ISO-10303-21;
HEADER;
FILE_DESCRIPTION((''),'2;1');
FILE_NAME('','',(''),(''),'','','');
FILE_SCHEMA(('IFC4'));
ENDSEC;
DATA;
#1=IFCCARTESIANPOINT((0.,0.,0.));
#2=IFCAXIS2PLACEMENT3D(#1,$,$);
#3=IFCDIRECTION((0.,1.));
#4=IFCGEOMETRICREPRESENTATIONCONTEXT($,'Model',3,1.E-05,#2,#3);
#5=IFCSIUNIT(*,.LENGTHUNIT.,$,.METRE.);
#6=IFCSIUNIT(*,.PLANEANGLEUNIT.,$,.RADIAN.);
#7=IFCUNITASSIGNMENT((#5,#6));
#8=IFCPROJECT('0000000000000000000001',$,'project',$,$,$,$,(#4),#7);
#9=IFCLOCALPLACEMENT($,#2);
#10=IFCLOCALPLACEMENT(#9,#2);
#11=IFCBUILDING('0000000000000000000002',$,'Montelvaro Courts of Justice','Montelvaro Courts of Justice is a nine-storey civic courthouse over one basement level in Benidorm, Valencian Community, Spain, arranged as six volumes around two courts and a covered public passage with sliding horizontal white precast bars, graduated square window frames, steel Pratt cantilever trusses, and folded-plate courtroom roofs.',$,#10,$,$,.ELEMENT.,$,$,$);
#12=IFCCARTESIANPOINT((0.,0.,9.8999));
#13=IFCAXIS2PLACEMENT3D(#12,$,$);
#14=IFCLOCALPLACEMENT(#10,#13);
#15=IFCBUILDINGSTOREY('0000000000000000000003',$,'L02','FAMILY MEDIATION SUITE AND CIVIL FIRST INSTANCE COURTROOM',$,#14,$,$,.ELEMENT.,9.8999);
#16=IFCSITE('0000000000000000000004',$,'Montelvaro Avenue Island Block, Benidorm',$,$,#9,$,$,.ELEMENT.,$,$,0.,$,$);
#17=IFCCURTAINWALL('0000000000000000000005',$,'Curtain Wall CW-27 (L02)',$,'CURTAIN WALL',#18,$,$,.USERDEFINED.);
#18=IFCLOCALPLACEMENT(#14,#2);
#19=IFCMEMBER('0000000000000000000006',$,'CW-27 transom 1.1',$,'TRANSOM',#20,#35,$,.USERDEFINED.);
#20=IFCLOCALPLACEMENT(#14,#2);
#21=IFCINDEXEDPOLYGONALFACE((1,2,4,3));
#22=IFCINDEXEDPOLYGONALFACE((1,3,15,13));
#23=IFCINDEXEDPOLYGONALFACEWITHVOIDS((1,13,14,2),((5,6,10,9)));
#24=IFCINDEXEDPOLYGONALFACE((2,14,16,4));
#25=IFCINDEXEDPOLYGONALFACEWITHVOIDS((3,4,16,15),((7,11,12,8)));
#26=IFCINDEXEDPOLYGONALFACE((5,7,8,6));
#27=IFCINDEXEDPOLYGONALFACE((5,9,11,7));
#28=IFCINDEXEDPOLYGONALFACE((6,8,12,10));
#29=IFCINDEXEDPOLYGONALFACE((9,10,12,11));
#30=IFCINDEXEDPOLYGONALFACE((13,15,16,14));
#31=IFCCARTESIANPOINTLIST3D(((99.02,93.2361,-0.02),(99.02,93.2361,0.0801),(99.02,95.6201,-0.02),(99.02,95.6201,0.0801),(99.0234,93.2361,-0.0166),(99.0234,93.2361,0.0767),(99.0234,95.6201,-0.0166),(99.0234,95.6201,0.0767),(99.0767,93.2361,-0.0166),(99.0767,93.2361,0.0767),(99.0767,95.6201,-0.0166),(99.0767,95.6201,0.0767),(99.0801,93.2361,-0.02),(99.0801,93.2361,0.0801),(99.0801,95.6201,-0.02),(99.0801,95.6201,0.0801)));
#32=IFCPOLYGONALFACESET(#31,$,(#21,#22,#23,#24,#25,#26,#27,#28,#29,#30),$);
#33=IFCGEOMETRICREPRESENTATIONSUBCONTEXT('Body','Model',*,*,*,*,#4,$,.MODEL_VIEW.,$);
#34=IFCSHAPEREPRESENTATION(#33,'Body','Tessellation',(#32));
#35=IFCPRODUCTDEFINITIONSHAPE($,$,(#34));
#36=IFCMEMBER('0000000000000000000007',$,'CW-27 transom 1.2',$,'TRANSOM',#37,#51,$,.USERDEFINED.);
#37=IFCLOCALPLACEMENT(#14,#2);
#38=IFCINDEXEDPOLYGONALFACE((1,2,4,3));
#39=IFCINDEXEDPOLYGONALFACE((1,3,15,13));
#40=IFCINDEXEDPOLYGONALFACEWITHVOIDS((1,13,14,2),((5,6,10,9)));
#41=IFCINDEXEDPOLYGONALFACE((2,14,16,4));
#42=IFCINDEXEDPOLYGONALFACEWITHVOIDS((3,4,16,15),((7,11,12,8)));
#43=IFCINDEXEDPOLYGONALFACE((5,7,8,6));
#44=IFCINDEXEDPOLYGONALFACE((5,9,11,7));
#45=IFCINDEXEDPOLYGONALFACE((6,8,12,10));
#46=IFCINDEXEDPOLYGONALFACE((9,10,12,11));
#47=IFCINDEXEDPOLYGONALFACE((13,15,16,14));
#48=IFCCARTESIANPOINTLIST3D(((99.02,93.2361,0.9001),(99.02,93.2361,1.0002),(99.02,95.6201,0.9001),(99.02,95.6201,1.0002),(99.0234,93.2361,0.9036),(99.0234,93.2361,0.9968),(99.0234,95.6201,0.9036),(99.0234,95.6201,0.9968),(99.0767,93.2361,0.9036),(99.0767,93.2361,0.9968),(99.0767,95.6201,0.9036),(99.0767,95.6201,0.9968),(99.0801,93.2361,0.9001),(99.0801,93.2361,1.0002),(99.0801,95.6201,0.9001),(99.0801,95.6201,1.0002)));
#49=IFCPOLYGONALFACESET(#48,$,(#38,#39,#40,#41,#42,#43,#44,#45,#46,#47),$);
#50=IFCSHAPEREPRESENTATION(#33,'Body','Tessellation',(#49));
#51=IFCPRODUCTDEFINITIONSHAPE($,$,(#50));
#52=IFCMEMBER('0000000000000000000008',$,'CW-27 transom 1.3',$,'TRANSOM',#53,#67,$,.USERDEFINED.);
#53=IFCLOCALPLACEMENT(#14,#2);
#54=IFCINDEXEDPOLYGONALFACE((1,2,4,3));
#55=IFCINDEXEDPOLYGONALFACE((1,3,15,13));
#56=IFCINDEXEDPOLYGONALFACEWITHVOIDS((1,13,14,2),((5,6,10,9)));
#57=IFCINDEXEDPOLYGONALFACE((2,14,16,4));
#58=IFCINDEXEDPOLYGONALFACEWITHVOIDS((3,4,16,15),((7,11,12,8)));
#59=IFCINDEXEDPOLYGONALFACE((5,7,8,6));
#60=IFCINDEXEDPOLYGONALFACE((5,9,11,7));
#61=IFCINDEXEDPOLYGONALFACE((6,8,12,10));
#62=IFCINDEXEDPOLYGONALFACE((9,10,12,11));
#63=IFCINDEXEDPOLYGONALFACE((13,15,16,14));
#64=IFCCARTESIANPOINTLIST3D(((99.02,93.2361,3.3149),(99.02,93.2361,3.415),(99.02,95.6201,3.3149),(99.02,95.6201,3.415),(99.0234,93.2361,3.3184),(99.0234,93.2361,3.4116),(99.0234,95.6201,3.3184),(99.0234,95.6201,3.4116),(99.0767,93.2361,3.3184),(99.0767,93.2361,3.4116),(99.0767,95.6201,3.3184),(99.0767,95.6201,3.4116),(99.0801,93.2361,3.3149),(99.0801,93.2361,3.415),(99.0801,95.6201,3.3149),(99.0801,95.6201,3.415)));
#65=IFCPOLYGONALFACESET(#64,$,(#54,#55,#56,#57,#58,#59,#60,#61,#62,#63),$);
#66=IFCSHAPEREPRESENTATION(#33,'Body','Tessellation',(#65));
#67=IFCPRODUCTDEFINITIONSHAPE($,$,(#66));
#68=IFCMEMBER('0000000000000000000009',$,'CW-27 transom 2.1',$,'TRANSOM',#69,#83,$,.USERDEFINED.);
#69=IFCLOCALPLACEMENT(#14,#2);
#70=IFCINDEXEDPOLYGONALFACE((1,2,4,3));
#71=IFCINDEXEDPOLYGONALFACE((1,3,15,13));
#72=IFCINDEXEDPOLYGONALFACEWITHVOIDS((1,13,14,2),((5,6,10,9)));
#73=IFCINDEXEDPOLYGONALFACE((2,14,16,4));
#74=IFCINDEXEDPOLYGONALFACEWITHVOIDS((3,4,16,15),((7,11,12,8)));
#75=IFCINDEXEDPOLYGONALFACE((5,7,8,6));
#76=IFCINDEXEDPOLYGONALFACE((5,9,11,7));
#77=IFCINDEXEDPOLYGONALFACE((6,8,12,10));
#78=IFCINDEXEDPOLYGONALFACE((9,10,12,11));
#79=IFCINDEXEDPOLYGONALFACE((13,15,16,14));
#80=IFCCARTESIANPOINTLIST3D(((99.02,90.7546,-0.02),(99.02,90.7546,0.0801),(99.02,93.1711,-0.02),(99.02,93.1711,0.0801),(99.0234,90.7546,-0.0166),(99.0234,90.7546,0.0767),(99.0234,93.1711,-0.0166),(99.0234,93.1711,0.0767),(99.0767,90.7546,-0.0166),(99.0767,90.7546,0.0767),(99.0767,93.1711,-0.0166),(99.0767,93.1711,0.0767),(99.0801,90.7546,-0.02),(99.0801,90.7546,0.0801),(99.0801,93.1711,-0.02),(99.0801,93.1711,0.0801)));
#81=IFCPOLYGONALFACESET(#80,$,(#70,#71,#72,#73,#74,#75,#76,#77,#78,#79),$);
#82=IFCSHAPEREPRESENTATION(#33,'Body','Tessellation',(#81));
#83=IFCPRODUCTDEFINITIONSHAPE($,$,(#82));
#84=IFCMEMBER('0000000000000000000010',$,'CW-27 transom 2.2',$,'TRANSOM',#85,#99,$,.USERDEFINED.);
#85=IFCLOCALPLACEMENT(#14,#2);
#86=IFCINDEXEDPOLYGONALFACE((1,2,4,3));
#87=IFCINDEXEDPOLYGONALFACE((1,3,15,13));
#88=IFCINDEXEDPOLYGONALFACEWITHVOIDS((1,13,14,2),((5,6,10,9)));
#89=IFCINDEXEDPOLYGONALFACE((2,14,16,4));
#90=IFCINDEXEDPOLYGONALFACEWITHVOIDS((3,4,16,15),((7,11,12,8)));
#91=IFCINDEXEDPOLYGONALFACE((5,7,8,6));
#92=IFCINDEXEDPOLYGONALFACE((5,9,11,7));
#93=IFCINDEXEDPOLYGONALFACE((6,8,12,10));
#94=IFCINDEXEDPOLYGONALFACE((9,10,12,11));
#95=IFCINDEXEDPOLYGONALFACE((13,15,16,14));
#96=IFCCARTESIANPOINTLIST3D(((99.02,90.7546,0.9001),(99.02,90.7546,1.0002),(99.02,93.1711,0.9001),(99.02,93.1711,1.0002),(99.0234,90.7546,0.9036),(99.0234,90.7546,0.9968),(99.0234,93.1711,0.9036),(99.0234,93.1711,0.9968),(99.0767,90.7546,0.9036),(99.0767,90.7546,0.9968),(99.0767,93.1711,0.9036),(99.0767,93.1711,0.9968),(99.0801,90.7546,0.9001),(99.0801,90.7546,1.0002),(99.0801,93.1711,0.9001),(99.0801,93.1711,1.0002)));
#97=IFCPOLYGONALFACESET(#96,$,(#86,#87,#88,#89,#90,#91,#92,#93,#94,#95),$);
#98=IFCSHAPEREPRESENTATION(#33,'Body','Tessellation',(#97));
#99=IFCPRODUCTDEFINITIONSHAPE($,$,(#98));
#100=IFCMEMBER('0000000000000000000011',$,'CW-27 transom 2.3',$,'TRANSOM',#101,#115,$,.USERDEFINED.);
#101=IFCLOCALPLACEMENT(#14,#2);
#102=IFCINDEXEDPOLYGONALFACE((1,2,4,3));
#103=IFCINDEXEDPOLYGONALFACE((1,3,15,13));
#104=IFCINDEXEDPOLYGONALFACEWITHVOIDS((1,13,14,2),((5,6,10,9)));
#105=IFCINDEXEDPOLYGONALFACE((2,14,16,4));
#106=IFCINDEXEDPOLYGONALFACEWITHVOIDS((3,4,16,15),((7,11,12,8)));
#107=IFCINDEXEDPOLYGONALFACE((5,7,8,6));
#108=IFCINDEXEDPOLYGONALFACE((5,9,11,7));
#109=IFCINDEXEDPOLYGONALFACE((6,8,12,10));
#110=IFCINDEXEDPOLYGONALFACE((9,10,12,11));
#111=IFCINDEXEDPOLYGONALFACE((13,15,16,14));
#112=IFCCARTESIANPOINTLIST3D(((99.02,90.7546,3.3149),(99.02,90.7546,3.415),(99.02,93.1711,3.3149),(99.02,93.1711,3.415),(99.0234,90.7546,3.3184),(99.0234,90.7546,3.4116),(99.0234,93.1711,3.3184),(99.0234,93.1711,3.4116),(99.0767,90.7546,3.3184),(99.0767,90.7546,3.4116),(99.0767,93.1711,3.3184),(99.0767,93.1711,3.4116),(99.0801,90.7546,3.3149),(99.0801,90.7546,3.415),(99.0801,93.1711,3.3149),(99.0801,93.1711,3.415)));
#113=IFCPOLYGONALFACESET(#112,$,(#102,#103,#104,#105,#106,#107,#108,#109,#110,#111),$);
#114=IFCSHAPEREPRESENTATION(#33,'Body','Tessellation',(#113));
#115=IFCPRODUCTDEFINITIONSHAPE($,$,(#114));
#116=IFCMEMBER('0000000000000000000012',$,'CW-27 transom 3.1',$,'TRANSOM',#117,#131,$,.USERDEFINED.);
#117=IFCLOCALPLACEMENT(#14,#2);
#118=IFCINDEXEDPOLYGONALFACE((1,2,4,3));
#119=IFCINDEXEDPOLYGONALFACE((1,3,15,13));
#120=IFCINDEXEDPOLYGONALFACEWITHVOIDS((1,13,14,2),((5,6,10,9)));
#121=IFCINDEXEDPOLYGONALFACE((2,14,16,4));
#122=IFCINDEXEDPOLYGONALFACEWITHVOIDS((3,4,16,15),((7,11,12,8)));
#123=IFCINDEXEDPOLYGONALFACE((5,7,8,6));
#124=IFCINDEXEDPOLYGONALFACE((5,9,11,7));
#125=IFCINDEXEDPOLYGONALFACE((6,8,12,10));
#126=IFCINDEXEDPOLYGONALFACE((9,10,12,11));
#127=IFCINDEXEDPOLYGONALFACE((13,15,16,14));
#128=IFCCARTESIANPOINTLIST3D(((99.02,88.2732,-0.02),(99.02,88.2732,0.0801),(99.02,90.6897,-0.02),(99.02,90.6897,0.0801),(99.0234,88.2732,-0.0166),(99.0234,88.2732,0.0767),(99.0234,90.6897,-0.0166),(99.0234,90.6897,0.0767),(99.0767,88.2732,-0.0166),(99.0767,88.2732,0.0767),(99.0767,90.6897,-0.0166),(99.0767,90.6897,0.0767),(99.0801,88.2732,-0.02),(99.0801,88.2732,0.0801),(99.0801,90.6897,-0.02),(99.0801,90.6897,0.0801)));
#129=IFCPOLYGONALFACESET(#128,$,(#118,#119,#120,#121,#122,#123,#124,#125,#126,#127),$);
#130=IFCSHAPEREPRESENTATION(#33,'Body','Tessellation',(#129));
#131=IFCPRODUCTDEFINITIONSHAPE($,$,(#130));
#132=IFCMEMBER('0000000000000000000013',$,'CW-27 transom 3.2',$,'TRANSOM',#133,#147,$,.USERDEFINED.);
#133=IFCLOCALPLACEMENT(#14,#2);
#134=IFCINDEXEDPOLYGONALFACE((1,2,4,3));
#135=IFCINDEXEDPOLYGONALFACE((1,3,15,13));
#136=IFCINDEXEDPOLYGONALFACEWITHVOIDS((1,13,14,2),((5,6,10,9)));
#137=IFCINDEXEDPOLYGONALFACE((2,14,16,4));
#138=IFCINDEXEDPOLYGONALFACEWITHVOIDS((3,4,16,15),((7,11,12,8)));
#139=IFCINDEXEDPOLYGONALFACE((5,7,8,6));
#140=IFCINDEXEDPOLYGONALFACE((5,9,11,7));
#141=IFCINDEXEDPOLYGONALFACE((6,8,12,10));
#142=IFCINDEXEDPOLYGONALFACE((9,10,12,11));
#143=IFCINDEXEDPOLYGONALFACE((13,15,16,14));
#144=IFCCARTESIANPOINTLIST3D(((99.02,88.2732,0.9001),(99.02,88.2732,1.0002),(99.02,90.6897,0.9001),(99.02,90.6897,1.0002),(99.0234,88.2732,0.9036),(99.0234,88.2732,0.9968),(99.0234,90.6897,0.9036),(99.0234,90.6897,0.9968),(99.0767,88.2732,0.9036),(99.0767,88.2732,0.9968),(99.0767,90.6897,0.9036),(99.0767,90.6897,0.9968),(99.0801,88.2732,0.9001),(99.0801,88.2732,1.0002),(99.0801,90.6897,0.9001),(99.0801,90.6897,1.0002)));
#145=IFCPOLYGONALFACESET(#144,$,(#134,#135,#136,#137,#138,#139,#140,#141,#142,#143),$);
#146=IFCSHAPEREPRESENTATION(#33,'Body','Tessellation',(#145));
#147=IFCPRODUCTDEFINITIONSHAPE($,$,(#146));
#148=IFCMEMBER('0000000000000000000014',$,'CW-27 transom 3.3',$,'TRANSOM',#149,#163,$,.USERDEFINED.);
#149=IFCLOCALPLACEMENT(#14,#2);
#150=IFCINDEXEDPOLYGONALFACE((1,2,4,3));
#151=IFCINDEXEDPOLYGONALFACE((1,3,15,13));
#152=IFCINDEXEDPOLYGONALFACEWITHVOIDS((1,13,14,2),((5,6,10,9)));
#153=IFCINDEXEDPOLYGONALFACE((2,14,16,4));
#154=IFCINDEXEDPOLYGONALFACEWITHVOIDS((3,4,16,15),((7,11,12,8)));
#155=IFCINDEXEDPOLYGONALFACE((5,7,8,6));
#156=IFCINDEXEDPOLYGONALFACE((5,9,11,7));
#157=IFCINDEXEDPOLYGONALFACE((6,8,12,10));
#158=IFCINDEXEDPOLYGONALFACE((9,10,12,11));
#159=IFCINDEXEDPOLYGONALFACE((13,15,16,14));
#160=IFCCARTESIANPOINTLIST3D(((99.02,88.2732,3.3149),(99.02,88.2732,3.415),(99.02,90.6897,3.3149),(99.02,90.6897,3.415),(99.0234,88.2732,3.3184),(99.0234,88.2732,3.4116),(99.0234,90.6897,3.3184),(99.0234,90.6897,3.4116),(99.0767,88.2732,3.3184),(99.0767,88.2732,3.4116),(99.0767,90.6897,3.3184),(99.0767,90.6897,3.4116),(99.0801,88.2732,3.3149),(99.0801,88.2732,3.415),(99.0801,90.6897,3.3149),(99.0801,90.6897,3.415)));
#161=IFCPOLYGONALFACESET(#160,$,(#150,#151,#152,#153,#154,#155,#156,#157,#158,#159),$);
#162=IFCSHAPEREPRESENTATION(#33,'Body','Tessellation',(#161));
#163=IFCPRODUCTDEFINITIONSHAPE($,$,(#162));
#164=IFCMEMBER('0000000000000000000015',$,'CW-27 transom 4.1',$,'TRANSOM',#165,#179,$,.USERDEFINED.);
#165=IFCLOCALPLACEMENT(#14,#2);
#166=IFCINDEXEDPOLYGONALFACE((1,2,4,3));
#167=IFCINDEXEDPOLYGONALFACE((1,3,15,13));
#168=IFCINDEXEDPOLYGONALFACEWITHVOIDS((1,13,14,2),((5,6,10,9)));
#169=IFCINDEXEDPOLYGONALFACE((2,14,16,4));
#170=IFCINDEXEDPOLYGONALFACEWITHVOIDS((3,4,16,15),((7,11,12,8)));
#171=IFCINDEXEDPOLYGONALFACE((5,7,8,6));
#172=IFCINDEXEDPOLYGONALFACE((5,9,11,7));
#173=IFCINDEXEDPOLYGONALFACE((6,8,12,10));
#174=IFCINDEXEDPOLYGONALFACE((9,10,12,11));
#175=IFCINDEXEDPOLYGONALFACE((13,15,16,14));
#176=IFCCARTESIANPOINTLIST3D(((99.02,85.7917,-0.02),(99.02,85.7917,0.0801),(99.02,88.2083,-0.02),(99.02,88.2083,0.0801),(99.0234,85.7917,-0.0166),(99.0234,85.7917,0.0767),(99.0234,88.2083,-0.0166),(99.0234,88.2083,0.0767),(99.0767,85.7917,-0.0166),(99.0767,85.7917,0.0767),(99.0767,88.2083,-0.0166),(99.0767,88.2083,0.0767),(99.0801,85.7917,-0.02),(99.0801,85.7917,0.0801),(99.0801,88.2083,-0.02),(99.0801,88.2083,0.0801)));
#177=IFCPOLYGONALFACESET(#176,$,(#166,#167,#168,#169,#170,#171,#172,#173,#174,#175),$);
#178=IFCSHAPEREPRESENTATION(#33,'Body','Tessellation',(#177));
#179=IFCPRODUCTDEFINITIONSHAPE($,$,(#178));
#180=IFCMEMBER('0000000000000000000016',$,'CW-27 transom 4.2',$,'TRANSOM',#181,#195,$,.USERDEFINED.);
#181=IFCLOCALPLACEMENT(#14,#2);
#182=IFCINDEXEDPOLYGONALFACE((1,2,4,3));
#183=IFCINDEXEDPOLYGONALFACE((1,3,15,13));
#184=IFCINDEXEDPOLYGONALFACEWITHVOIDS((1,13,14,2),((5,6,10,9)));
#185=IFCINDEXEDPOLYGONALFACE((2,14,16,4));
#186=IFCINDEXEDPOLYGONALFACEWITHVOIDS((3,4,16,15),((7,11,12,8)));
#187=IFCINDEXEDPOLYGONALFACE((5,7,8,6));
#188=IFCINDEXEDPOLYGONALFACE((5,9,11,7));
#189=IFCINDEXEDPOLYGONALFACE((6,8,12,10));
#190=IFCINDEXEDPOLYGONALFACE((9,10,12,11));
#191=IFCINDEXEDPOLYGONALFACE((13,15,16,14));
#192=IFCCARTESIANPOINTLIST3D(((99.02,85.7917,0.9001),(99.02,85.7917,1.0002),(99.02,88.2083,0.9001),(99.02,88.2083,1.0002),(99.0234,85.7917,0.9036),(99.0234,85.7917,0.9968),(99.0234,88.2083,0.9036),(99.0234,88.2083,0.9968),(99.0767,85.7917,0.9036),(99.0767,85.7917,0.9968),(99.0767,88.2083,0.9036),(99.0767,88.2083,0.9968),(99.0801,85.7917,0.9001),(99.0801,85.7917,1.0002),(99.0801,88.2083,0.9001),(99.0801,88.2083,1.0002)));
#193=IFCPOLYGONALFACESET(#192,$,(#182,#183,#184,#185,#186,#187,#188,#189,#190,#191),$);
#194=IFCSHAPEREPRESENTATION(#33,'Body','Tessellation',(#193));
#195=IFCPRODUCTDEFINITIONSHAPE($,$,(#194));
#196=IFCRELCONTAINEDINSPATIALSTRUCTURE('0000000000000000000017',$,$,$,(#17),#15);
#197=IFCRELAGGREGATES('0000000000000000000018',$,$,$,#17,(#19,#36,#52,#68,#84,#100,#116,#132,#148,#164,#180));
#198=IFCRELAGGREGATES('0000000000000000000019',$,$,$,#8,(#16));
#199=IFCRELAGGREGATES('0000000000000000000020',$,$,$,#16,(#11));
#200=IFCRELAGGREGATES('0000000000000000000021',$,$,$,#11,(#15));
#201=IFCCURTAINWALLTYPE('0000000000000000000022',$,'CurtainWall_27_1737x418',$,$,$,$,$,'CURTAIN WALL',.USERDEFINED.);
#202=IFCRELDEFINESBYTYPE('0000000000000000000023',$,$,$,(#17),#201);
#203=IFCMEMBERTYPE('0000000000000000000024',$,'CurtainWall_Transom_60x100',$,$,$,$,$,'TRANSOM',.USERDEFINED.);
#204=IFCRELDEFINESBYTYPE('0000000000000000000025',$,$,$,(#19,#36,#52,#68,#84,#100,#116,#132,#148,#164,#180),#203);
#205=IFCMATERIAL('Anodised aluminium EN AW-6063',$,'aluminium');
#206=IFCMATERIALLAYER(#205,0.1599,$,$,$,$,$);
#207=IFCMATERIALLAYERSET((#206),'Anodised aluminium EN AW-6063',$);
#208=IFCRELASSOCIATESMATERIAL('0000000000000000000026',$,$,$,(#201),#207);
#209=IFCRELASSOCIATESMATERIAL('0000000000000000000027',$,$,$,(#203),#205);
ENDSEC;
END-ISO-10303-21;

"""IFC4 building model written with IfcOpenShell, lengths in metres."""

from ifc_helpers import new_model, si_unit, direction, frame, origin, origin_2d, place, context, subcontext, project, spatial, hollow_rectangle, extrude, material, layer, layer_set, material_profile, profile_set, type_object, element, aggregate, save


model = new_model("IFC4")

# Units and contexts
model_context = context("Model", 3, precision=1e-05, world=origin(), true_north=direction((0.0, 1.0)))
body_context = subcontext(model_context, "Body", "Model", "MODEL_VIEW")
ifc_project = project(units=[si_unit("LENGTHUNIT", "METRE"), si_unit("PLANEANGLEUNIT", "RADIAN")], contexts=[model_context])

# Site, building, storey
site_placement = place(None, origin())
site = spatial("IfcSite", under=ifc_project, at=site_placement, Name="Montelvaro Avenue Island Block, Benidorm", CompositionType="ELEMENT", RefElevation=0.0)
building_placement = place(site_placement, origin())
building = spatial("IfcBuilding", under=site, at=building_placement, Name="Montelvaro Courts of Justice", Description="Montelvaro Courts of Justice is a nine-storey civic courthouse over one basement level in Benidorm, Valencian Community, Spain, arranged as six volumes around two courts and a covered public passage with sliding horizontal white precast bars, graduated square window frames, steel Pratt cantilever trusses, and folded-plate courtroom roofs.", CompositionType="ELEMENT")
storey_placement = place(building_placement, frame((0.0, 0.0, 9.8999)))
storey = spatial("IfcBuildingStorey", under=building, at=storey_placement, Name="L02", Description="FAMILY MEDIATION SUITE AND CIVIL FIRST INSTANCE COURTROOM", CompositionType="ELEMENT", Elevation=9.8999)

# Curtain wall, members
ifc_material_1 = material(Name="Anodised aluminium EN AW-6063", Category="aluminium")
ifc_layer_1 = layer(ifc_material_1, 0.1599)
ifc_layer_set_1 = layer_set([ifc_layer_1], Name="Anodised aluminium EN AW-6063")
curtain_wall_type = type_object("IfcCurtainWallType", Name="CurtainWall_27_1737x418", ElementType="CURTAIN WALL", PredefinedType="USERDEFINED", material=ifc_layer_set_1)
curtain_wall_placement = place(storey_placement, origin())
curtain_wall = element("IfcCurtainWall", 1, at=curtain_wall_placement, inside=storey, type_object=curtain_wall_type, Name="Curtain Wall CW-27 (L02)", ObjectType="CURTAIN WALL", PredefinedType="USERDEFINED")
ifc_material_profile_1 = material_profile(ifc_material_1, hollow_rectangle(XDim=0.0601, YDim=0.1001, WallThickness=0.0034, at=origin_2d()), Name="ALU-T 60x100")
ifc_profile_set_1 = profile_set([ifc_material_profile_1], Name="Anodised aluminium EN AW-6063")
member_type_1 = type_object("IfcMemberType", Name="CurtainWall_Transom_60x100", ElementType="TRANSOM", PredefinedType="USERDEFINED", material=ifc_profile_set_1)
member_1_placement = place(storey_placement, frame((99.05, 95.6201, 0.03), z_axis=(0.0, -1.0, 0.0), x_axis=(1.0, 0.0, 0.0)))
member_1 = element("IfcMember", 2, at=member_1_placement, type_object=member_type_1, Name="CW-27 transom 1.1", ObjectType="TRANSOM", PredefinedType="USERDEFINED", context=body_context, shape_type="SweptSolid", body=[
    extrude(hollow_rectangle(XDim=0.0601, YDim=0.1001, WallThickness=0.0034, at=origin_2d()), origin(), (0.0, 0.0, 1.0), 2.384),
])
member_2_placement = place(storey_placement, frame((99.05, 95.6201, 0.9502), z_axis=(0.0, -1.0, 0.0), x_axis=(1.0, 0.0, 0.0)))
member_2 = element("IfcMember", 3, at=member_2_placement, type_object=member_type_1, Name="CW-27 transom 1.2", ObjectType="TRANSOM", PredefinedType="USERDEFINED", context=body_context, shape_type="SweptSolid", body=[
    extrude(hollow_rectangle(XDim=0.0601, YDim=0.1001, WallThickness=0.0034, at=origin_2d()), origin(), (0.0, 0.0, 1.0), 2.384),
])
member_3_placement = place(storey_placement, frame((99.05, 95.6201, 3.365), z_axis=(0.0, -1.0, 0.0), x_axis=(1.0, 0.0, 0.0)))
member_3 = element("IfcMember", 4, at=member_3_placement, type_object=member_type_1, Name="CW-27 transom 1.3", ObjectType="TRANSOM", PredefinedType="USERDEFINED", context=body_context, shape_type="SweptSolid", body=[
    extrude(hollow_rectangle(XDim=0.0601, YDim=0.1001, WallThickness=0.0034, at=origin_2d()), origin(), (0.0, 0.0, 1.0), 2.384),
])
member_4_placement = place(storey_placement, frame((99.05, 93.1711, 0.03), z_axis=(0.0, -1.0, 0.0), x_axis=(1.0, 0.0, 0.0)))
member_4 = element("IfcMember", 5, at=member_4_placement, type_object=member_type_1, Name="CW-27 transom 2.1", ObjectType="TRANSOM", PredefinedType="USERDEFINED", context=body_context, shape_type="SweptSolid", body=[
    extrude(hollow_rectangle(XDim=0.0601, YDim=0.1001, WallThickness=0.0034, at=origin_2d()), origin(), (0.0, 0.0, 1.0), 2.4165),
])
member_5_placement = place(storey_placement, frame((99.05, 93.1711, 0.9502), z_axis=(0.0, -1.0, 0.0), x_axis=(1.0, 0.0, 0.0)))
member_5 = element("IfcMember", 6, at=member_5_placement, type_object=member_type_1, Name="CW-27 transom 2.2", ObjectType="TRANSOM", PredefinedType="USERDEFINED", context=body_context, shape_type="SweptSolid", body=[
    extrude(hollow_rectangle(XDim=0.0601, YDim=0.1001, WallThickness=0.0034, at=origin_2d()), origin(), (0.0, 0.0, 1.0), 2.4165),
])
member_6_placement = place(storey_placement, frame((99.05, 93.1711, 3.365), z_axis=(0.0, -1.0, 0.0), x_axis=(1.0, 0.0, 0.0)))
member_6 = element("IfcMember", 7, at=member_6_placement, type_object=member_type_1, Name="CW-27 transom 2.3", ObjectType="TRANSOM", PredefinedType="USERDEFINED", context=body_context, shape_type="SweptSolid", body=[
    extrude(hollow_rectangle(XDim=0.0601, YDim=0.1001, WallThickness=0.0034, at=origin_2d()), origin(), (0.0, 0.0, 1.0), 2.4165),
])
member_7_placement = place(storey_placement, frame((99.05, 90.6897, 0.03), z_axis=(0.0, -1.0, 0.0), x_axis=(1.0, 0.0, 0.0)))
member_7 = element("IfcMember", 8, at=member_7_placement, type_object=member_type_1, Name="CW-27 transom 3.1", ObjectType="TRANSOM", PredefinedType="USERDEFINED", context=body_context, shape_type="SweptSolid", body=[
    extrude(hollow_rectangle(XDim=0.0601, YDim=0.1001, WallThickness=0.0034, at=origin_2d()), origin(), (0.0, 0.0, 1.0), 2.4165),
])
member_8_placement = place(storey_placement, frame((99.05, 90.6897, 0.9502), z_axis=(0.0, -1.0, 0.0), x_axis=(1.0, 0.0, 0.0)))
member_8 = element("IfcMember", 9, at=member_8_placement, type_object=member_type_1, Name="CW-27 transom 3.2", ObjectType="TRANSOM", PredefinedType="USERDEFINED", context=body_context, shape_type="SweptSolid", body=[
    extrude(hollow_rectangle(XDim=0.0601, YDim=0.1001, WallThickness=0.0034, at=origin_2d()), origin(), (0.0, 0.0, 1.0), 2.4165),
])
member_9_placement = place(storey_placement, frame((99.05, 90.6897, 3.365), z_axis=(0.0, -1.0, 0.0), x_axis=(1.0, 0.0, 0.0)))
member_9 = element("IfcMember", 10, at=member_9_placement, type_object=member_type_1, Name="CW-27 transom 3.3", ObjectType="TRANSOM", PredefinedType="USERDEFINED", context=body_context, shape_type="SweptSolid", body=[
    extrude(hollow_rectangle(XDim=0.0601, YDim=0.1001, WallThickness=0.0034, at=origin_2d()), origin(), (0.0, 0.0, 1.0), 2.4165),
])
member_10_placement = place(storey_placement, frame((99.05, 88.2083, 0.03), z_axis=(0.0, -1.0, 0.0), x_axis=(1.0, 0.0, 0.0)))
member_10 = element("IfcMember", 11, at=member_10_placement, type_object=member_type_1, Name="CW-27 transom 4.1", ObjectType="TRANSOM", PredefinedType="USERDEFINED", context=body_context, shape_type="SweptSolid", body=[
    extrude(hollow_rectangle(XDim=0.0601, YDim=0.1001, WallThickness=0.0034, at=origin_2d()), origin(), (0.0, 0.0, 1.0), 2.4165),
])
member_11_placement = place(storey_placement, frame((99.05, 88.2083, 0.9502), z_axis=(0.0, -1.0, 0.0), x_axis=(1.0, 0.0, 0.0)))
member_11 = element("IfcMember", 12, at=member_11_placement, type_object=member_type_1, Name="CW-27 transom 4.2", ObjectType="TRANSOM", PredefinedType="USERDEFINED", context=body_context, shape_type="SweptSolid", body=[
    extrude(hollow_rectangle(XDim=0.0601, YDim=0.1001, WallThickness=0.0034, at=origin_2d()), origin(), (0.0, 0.0, 1.0), 2.4165),
])
aggregate(curtain_wall, [member_1, member_2, member_3, member_4, member_5, member_6, member_7, member_8, member_9, member_10, member_11])

save(model, "model.ifc")
